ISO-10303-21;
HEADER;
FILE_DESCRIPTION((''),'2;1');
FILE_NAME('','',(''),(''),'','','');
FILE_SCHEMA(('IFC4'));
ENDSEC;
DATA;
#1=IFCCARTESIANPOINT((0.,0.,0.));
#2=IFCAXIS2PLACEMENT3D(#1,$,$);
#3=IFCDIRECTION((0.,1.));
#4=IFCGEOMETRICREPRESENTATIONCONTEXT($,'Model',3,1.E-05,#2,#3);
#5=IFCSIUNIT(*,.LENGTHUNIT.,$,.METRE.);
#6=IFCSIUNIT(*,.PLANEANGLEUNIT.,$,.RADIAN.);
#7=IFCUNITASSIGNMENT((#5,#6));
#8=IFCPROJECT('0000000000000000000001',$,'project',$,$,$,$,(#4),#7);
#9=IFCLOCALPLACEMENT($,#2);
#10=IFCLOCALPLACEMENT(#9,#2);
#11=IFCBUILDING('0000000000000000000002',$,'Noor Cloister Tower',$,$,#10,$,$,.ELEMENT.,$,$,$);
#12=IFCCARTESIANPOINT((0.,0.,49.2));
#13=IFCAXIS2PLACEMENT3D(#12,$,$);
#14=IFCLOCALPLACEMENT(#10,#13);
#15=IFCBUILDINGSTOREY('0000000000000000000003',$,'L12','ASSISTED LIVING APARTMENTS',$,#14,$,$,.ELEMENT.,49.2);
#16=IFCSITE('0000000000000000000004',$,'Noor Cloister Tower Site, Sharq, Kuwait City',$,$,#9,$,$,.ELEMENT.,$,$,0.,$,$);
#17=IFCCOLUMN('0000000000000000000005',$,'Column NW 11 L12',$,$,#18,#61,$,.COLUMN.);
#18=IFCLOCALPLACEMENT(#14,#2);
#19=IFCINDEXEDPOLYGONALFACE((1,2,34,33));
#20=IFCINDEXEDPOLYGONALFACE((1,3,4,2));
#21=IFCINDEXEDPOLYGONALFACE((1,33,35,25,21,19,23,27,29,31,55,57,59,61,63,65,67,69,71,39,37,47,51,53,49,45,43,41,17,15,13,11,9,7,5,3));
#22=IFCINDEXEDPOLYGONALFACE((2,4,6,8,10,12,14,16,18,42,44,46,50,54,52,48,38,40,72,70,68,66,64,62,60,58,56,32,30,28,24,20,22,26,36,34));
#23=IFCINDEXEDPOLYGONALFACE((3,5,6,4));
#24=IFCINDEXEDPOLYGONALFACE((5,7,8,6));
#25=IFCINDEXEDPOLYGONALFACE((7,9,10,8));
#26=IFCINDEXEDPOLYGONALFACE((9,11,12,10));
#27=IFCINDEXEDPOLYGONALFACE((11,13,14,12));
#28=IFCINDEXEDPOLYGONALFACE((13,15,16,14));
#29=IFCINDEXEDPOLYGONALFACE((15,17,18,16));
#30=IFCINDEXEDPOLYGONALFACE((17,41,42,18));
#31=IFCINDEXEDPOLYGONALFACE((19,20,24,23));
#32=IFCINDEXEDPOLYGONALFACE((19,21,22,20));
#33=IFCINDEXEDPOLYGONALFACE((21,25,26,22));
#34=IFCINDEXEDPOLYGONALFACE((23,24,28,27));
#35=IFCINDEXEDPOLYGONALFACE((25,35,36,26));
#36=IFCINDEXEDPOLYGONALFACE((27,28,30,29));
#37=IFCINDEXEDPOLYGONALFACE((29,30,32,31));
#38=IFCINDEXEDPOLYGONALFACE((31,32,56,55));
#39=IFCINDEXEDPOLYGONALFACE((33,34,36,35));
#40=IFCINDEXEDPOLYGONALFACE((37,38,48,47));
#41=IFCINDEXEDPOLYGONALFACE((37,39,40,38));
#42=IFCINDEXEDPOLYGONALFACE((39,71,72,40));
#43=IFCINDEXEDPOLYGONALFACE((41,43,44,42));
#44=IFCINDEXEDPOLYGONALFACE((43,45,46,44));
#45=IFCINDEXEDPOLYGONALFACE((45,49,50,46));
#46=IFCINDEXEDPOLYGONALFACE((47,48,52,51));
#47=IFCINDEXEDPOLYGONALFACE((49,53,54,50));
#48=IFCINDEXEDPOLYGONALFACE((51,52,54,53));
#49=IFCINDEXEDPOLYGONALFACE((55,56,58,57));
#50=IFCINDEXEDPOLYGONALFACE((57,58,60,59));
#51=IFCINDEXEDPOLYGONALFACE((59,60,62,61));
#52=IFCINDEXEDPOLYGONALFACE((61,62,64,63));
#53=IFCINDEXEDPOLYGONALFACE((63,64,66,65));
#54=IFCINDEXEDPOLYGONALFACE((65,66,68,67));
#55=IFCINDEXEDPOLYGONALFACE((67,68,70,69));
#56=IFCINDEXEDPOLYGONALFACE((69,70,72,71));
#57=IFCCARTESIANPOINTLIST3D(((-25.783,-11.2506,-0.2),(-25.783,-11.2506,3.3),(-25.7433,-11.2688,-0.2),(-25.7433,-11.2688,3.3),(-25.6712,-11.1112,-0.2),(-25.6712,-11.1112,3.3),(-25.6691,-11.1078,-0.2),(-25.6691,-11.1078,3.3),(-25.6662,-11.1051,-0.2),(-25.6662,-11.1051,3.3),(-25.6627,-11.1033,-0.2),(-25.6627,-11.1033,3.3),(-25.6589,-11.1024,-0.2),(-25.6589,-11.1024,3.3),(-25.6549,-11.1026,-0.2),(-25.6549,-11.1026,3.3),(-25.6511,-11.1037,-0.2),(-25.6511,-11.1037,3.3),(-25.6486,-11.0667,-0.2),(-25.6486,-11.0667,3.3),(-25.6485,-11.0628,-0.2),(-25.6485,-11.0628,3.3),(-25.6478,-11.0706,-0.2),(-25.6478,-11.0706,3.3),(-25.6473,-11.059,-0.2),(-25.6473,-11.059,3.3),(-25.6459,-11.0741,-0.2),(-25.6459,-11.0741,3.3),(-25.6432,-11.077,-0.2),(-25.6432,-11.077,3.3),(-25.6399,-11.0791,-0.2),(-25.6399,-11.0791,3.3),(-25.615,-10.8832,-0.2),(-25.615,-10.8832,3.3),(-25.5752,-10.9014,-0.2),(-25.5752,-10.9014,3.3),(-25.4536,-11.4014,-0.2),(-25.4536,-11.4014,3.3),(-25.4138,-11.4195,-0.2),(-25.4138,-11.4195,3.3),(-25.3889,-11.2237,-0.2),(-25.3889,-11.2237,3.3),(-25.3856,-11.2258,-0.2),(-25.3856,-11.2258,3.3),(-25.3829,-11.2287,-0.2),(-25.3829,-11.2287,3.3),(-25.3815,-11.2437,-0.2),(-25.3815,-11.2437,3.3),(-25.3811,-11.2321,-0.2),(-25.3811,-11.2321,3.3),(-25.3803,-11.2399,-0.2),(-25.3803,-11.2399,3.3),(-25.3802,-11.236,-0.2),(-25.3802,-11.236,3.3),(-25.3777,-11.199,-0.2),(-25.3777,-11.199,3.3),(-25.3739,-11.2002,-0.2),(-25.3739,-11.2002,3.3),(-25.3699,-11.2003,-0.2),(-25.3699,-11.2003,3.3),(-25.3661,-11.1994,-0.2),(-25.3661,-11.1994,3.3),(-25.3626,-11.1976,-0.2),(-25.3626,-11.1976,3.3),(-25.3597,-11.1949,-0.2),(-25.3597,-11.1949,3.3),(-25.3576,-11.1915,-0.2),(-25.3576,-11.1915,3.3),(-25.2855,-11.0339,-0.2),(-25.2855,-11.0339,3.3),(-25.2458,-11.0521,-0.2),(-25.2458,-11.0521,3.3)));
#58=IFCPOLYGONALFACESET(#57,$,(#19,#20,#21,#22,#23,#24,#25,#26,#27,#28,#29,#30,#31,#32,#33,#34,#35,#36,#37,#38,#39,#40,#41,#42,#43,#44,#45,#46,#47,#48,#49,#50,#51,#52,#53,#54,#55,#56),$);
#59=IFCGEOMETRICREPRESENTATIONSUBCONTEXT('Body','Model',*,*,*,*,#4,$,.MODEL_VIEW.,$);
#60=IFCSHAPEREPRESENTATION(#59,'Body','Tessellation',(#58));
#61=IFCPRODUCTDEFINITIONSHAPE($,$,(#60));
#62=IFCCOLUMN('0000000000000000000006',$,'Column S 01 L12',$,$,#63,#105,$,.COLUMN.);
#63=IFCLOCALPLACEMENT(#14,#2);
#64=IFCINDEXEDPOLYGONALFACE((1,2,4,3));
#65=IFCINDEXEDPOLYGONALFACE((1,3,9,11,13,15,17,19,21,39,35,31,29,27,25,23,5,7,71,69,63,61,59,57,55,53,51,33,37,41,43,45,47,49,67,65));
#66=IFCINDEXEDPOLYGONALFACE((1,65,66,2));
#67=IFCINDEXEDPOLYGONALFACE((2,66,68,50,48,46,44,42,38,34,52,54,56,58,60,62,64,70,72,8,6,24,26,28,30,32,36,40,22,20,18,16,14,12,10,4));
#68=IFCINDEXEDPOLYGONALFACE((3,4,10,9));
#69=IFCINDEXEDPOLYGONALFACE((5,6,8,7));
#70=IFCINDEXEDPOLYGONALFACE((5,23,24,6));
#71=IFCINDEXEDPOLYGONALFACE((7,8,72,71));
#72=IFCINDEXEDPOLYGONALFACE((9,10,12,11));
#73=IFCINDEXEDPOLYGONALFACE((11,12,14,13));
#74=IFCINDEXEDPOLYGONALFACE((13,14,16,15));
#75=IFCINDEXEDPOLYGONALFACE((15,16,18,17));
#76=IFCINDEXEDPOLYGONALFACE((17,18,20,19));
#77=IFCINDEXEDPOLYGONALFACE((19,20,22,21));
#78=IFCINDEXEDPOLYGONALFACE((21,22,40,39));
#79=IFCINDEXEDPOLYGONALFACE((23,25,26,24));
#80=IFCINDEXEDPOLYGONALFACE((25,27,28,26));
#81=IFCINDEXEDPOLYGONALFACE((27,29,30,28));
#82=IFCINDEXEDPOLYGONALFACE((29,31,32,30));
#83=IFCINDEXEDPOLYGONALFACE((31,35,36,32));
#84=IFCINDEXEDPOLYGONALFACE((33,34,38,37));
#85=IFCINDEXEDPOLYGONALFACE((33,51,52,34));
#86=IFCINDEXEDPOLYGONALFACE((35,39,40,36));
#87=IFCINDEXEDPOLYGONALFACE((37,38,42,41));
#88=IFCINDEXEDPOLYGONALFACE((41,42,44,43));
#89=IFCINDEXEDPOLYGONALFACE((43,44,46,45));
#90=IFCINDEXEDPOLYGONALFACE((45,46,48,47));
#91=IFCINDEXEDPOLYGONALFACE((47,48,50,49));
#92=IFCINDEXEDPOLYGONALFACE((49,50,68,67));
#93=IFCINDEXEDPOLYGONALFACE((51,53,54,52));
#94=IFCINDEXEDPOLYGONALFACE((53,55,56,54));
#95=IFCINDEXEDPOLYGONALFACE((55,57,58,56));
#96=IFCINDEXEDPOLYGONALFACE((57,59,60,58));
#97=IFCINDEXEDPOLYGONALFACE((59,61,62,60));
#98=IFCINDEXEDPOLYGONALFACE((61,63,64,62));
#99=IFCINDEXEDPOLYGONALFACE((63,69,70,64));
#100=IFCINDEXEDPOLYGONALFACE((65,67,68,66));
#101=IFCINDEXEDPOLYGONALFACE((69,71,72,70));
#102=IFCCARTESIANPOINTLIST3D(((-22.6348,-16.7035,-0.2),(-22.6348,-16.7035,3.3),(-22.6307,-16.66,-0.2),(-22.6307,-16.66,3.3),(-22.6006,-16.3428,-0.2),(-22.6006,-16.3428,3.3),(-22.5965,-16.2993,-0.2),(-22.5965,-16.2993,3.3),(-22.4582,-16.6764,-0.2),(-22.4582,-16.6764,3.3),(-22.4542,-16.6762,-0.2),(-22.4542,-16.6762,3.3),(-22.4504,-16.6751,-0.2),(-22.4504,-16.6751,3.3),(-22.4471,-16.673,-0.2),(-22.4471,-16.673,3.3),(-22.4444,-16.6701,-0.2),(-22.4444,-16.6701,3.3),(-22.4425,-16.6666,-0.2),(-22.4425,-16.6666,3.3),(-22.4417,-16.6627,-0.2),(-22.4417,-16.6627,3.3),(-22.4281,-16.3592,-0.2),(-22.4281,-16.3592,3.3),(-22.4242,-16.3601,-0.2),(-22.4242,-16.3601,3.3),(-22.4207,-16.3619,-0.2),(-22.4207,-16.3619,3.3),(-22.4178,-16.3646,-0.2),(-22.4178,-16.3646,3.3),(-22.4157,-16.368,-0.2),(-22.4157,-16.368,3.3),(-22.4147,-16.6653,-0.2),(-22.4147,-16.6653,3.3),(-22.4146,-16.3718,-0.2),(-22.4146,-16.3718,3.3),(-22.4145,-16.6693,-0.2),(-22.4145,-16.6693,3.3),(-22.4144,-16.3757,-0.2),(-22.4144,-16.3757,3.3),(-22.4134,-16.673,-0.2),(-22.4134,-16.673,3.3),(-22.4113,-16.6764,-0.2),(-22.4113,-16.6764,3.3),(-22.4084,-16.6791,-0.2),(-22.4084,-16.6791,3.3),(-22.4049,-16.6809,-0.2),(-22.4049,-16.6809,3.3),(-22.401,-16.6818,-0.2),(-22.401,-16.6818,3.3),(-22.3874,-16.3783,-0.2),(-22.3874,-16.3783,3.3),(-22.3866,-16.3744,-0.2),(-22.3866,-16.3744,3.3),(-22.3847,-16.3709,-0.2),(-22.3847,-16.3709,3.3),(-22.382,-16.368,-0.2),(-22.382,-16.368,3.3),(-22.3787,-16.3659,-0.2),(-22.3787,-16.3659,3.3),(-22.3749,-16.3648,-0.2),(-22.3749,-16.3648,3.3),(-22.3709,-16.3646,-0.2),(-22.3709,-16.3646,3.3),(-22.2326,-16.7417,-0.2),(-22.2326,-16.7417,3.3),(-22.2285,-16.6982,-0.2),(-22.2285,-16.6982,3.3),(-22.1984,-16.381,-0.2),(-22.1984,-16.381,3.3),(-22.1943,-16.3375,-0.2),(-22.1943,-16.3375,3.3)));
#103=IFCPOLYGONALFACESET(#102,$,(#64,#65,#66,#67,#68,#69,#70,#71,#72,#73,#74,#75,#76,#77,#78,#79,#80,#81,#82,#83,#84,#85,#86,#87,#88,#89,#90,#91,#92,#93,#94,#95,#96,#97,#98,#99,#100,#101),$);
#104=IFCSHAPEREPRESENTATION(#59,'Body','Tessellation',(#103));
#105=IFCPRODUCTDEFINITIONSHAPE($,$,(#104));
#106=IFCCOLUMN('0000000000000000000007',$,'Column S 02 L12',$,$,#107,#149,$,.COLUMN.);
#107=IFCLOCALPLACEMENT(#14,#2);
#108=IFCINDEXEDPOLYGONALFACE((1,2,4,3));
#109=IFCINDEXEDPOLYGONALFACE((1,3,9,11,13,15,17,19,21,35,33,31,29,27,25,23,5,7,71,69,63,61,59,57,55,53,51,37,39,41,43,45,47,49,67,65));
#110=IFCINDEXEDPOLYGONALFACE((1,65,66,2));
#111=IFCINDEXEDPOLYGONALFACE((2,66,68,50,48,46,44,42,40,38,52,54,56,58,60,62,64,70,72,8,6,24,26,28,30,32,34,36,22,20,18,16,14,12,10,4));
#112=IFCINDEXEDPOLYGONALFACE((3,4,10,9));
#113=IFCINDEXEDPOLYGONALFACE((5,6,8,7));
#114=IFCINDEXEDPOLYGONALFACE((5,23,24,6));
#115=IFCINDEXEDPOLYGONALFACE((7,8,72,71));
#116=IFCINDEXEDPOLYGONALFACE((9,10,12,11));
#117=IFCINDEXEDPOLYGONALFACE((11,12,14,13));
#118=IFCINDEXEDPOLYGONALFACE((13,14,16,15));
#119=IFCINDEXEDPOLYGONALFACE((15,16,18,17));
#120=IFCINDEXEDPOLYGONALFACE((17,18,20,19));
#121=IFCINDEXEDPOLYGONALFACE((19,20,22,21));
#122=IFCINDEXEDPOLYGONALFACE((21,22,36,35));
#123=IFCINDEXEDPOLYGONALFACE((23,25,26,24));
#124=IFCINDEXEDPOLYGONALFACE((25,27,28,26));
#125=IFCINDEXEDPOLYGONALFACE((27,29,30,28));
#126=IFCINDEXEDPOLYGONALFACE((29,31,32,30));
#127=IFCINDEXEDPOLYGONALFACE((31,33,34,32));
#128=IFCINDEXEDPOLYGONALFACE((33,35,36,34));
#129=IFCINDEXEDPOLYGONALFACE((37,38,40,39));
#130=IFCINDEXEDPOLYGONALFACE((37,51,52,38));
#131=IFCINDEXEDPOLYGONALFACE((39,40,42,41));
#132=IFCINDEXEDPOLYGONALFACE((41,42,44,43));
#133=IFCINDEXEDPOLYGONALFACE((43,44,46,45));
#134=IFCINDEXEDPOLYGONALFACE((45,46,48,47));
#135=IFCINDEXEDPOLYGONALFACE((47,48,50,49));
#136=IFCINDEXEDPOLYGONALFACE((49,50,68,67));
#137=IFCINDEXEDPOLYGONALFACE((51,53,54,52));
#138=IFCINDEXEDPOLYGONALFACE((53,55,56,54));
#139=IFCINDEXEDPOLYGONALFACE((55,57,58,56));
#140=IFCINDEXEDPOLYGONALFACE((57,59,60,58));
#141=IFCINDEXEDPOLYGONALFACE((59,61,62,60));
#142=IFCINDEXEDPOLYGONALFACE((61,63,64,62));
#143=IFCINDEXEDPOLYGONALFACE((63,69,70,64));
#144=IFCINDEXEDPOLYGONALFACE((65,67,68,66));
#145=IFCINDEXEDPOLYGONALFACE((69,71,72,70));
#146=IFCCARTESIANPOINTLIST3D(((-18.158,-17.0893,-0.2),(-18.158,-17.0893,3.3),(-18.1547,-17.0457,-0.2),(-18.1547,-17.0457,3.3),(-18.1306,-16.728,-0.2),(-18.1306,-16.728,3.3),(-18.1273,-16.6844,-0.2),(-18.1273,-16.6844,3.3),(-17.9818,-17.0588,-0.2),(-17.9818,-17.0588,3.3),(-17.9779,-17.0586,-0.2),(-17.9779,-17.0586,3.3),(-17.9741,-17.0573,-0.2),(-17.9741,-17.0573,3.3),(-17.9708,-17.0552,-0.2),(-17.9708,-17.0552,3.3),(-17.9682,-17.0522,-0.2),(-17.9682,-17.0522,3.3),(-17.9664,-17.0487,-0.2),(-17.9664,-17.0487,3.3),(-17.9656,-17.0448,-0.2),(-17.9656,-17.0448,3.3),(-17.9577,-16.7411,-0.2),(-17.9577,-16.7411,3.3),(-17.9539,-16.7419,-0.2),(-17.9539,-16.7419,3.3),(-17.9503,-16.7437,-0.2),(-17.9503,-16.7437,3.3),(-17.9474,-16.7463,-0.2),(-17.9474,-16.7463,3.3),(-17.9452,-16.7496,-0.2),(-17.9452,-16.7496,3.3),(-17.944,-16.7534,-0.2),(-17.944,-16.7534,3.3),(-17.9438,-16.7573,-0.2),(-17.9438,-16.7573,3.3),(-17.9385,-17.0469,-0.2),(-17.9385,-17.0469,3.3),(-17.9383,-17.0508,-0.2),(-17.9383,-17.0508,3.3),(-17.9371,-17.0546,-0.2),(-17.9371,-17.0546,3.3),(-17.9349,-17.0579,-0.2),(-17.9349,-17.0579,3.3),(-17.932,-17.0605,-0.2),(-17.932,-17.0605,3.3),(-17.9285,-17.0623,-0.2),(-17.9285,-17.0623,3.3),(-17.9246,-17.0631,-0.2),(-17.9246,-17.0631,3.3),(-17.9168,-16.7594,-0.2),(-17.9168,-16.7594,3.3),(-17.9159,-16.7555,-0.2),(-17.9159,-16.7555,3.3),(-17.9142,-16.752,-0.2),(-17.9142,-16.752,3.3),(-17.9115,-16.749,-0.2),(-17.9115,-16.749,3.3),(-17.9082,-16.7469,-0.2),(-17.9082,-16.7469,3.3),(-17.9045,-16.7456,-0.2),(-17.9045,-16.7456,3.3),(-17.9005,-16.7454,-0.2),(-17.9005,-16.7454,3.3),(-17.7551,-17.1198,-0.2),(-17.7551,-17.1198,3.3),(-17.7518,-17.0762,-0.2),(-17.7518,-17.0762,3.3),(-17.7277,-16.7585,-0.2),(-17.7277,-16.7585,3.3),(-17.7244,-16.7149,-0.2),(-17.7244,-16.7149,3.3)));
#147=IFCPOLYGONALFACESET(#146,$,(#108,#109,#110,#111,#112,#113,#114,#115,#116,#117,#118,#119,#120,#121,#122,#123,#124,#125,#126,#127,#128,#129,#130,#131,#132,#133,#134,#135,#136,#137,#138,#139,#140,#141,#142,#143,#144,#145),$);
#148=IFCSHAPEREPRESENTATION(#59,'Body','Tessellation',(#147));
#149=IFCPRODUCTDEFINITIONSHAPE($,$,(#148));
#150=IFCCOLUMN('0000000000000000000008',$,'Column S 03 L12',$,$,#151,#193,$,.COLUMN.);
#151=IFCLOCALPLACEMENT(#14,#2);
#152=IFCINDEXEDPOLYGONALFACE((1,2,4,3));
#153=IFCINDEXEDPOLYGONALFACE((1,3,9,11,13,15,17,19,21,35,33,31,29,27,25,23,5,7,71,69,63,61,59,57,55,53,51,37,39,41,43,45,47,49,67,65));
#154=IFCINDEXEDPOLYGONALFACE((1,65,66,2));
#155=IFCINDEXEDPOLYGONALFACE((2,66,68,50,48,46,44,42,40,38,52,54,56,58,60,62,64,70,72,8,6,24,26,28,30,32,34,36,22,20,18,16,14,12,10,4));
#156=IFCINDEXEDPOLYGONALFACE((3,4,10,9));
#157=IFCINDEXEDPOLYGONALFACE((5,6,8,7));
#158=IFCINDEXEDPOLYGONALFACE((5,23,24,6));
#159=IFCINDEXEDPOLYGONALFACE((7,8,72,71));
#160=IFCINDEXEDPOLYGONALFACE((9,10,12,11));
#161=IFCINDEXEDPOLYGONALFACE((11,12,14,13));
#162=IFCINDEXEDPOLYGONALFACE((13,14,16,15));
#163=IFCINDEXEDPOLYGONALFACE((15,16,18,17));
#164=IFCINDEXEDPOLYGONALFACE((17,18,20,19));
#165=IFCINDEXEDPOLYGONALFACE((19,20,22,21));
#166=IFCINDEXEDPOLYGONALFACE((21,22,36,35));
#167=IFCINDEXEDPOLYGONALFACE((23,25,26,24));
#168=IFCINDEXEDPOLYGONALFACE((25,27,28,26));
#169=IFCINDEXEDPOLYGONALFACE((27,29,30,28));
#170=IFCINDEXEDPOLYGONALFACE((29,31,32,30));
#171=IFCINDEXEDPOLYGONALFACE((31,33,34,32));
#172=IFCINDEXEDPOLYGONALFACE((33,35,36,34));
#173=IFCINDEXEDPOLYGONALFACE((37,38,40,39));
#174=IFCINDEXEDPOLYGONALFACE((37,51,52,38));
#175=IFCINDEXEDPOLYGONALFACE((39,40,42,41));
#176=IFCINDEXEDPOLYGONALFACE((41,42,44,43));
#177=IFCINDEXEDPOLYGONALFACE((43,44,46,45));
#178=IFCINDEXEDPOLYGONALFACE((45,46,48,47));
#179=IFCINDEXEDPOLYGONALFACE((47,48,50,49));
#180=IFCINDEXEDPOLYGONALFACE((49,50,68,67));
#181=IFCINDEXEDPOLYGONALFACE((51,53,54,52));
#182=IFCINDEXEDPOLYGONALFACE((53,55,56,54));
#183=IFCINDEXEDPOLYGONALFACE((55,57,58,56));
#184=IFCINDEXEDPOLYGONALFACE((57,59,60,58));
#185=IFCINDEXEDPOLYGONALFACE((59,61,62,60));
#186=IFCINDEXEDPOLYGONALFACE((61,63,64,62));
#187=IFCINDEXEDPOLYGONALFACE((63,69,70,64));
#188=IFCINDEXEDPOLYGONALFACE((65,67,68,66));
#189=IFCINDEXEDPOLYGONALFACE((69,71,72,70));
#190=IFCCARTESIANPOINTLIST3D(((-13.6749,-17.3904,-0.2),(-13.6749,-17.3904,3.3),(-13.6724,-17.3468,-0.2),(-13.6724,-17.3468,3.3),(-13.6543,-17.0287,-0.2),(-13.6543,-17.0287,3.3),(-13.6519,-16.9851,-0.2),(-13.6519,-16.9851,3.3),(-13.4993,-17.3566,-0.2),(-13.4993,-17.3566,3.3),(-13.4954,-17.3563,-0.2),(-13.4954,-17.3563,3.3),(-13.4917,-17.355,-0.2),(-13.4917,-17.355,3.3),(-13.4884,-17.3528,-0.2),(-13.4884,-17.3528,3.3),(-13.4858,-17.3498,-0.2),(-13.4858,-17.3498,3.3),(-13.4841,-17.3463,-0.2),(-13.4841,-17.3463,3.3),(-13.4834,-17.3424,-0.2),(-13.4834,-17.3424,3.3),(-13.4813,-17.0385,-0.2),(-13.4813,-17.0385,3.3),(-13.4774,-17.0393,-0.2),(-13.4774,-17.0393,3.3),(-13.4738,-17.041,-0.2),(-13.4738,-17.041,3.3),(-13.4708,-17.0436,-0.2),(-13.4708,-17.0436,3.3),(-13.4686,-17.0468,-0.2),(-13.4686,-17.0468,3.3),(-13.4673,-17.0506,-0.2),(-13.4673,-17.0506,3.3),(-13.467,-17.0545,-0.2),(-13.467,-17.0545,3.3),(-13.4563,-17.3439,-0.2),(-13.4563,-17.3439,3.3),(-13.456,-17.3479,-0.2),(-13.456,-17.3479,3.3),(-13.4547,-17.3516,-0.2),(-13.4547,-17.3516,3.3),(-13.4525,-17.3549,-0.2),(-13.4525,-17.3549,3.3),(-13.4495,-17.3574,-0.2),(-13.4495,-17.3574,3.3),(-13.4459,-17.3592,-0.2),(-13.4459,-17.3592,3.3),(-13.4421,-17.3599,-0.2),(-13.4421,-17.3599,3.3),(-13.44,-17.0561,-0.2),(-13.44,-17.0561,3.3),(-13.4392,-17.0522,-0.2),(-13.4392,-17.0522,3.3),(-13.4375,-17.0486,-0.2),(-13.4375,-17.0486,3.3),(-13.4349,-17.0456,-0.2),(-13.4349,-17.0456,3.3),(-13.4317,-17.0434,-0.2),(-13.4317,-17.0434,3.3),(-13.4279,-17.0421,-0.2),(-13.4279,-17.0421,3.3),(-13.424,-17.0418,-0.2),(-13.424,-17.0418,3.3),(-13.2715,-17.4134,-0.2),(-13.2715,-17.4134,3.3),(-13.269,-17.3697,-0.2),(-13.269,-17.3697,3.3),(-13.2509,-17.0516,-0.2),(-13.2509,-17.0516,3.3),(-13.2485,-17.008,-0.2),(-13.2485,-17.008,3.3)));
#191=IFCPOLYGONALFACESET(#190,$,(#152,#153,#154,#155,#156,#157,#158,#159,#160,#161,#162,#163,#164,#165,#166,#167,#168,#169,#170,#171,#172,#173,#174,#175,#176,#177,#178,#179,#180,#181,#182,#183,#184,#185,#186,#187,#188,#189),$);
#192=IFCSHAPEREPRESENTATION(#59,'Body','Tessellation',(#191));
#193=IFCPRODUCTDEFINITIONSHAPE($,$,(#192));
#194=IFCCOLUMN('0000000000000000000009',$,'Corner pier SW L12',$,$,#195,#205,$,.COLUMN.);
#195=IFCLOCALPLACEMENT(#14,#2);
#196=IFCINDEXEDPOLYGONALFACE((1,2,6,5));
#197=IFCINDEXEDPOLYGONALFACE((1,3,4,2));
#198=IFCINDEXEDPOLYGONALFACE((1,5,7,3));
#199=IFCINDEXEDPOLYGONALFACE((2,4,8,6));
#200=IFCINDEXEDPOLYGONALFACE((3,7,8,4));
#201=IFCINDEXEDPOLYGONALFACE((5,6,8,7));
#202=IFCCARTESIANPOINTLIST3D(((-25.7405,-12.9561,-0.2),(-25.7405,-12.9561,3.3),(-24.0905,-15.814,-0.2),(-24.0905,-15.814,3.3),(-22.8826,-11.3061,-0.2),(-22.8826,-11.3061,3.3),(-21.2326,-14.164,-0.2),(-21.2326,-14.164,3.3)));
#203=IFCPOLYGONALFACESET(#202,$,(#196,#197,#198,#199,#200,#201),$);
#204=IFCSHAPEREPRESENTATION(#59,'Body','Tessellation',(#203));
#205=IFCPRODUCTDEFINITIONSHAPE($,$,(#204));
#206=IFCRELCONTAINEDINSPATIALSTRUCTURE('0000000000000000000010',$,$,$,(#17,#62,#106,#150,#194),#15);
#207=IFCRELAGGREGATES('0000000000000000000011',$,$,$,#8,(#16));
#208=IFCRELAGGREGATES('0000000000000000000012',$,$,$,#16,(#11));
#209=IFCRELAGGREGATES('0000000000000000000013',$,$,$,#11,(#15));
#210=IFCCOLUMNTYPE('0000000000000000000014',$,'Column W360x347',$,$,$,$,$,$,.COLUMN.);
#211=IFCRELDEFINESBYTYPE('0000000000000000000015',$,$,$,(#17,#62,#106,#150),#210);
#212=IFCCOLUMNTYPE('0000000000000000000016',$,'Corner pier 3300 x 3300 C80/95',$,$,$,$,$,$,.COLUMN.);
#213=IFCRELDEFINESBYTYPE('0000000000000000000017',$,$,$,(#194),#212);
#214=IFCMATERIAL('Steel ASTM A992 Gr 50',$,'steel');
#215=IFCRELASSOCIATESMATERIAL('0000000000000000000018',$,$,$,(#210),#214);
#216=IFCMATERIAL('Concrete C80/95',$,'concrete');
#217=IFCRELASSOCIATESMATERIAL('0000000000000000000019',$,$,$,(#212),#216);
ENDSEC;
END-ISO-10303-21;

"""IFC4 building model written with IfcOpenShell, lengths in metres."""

from ifc_helpers import new_model, si_unit, direction, frame, origin, origin_2d, place, context, subcontext, project, spatial, rectangle, i_section, extrude, material, material_profile, profile_set, type_object, element, save


model = new_model("IFC4")

# Units and contexts
model_context = context("Model", 3, precision=1e-05, world=origin(), true_north=direction((0.0, 1.0)))
body_context = subcontext(model_context, "Body", "Model", "MODEL_VIEW")
ifc_project = project(units=[si_unit("LENGTHUNIT", "METRE"), si_unit("PLANEANGLEUNIT", "RADIAN")], contexts=[model_context])

# Site, building, storey
site_placement = place(None, origin())
site = spatial("IfcSite", under=ifc_project, at=site_placement, Name="Noor Cloister Tower Site, Sharq, Kuwait City", CompositionType="ELEMENT", RefElevation=0.0)
building_placement = place(site_placement, origin())
building = spatial("IfcBuilding", under=site, at=building_placement, Name="Noor Cloister Tower", CompositionType="ELEMENT")
storey_placement = place(building_placement, frame((0.0, 0.0, 49.2)))
storey = spatial("IfcBuildingStorey", under=building, at=storey_placement, Name="L12", Description="ASSISTED LIVING APARTMENTS", CompositionType="ELEMENT", Elevation=49.2)

# Columns
ifc_material_1 = material(Name="Steel ASTM A992 Gr 50", Category="steel")
ifc_material_profile_1 = material_profile(ifc_material_1, i_section(OverallWidth=0.4041, OverallDepth=0.406, WebThickness=0.0271, FlangeThickness=0.0437, FilletRadius=0.0151, at=origin_2d()), Name="W360x347")
ifc_profile_set_1 = profile_set([ifc_material_profile_1], Name="Steel ASTM A992 Gr 50")
column_type_1 = type_object("IfcColumnType", Name="Column W360x347", PredefinedType="COLUMN", material=ifc_profile_set_1)
for number, where, z_axis, x_axis, name in (
    (1, (-25.5144, -11.1514, -0.2), (0.0, 0.0, 1.0), (-0.415979, -0.909374, 0.0), "Column NW 11 L12"),
    (2, (-22.4146, -16.5205, -0.2), (0.0, 0.0, 1.0), (0.995531, -0.094439, 0.0), "Column S 01 L12"),
    (3, (-17.9412, -16.9021, -0.2), (0.0, 0.0, 1.0), (0.997139, -0.075591, 0.0), "Column S 02 L12"),
    (4, (-13.4617, -17.1992, -0.2), (0.0, 0.0, 1.0), (0.99839, -0.056717, 0.0), "Column S 03 L12"),
):
    element("IfcColumn", number, at=place(storey_placement, frame(where, z_axis=z_axis, x_axis=x_axis)), inside=storey, type_object=column_type_1, Name=name, PredefinedType="COLUMN", context=body_context, shape_type="SweptSolid", body=[
        extrude(i_section(OverallWidth=0.4041, OverallDepth=0.406, WebThickness=0.0271, FlangeThickness=0.0437, FilletRadius=0.0151, at=origin_2d()), origin(), (0.0, 0.0, 1.0), 3.5),
    ])
ifc_material_2 = material(Name="Concrete C80/95", Category="concrete")
ifc_material_profile_2 = material_profile(ifc_material_2, rectangle(XDim=3.3, YDim=3.3, at=origin_2d()), Name="RC 3300x3300")
ifc_profile_set_2 = profile_set([ifc_material_profile_2], Name="Concrete C80/95")
column_type_2 = type_object("IfcColumnType", Name="Corner pier 3300 x 3300 C80/95", PredefinedType="COLUMN", material=ifc_profile_set_2)
column_placement = place(storey_placement, frame((-23.4866, -13.5601, -0.2), z_axis=(0.0, 0.0, 1.0), x_axis=(-0.866025, -0.5, 0.0)))
element("IfcColumn", 5, at=column_placement, inside=storey, type_object=column_type_2, Name="Corner pier SW L12", PredefinedType="COLUMN", context=body_context, shape_type="SweptSolid", body=[
    extrude(rectangle(XDim=3.3, YDim=3.3, at=origin_2d()), origin(), (0.0, 0.0, 1.0), 3.5),
])

save(model, "model.ifc")
